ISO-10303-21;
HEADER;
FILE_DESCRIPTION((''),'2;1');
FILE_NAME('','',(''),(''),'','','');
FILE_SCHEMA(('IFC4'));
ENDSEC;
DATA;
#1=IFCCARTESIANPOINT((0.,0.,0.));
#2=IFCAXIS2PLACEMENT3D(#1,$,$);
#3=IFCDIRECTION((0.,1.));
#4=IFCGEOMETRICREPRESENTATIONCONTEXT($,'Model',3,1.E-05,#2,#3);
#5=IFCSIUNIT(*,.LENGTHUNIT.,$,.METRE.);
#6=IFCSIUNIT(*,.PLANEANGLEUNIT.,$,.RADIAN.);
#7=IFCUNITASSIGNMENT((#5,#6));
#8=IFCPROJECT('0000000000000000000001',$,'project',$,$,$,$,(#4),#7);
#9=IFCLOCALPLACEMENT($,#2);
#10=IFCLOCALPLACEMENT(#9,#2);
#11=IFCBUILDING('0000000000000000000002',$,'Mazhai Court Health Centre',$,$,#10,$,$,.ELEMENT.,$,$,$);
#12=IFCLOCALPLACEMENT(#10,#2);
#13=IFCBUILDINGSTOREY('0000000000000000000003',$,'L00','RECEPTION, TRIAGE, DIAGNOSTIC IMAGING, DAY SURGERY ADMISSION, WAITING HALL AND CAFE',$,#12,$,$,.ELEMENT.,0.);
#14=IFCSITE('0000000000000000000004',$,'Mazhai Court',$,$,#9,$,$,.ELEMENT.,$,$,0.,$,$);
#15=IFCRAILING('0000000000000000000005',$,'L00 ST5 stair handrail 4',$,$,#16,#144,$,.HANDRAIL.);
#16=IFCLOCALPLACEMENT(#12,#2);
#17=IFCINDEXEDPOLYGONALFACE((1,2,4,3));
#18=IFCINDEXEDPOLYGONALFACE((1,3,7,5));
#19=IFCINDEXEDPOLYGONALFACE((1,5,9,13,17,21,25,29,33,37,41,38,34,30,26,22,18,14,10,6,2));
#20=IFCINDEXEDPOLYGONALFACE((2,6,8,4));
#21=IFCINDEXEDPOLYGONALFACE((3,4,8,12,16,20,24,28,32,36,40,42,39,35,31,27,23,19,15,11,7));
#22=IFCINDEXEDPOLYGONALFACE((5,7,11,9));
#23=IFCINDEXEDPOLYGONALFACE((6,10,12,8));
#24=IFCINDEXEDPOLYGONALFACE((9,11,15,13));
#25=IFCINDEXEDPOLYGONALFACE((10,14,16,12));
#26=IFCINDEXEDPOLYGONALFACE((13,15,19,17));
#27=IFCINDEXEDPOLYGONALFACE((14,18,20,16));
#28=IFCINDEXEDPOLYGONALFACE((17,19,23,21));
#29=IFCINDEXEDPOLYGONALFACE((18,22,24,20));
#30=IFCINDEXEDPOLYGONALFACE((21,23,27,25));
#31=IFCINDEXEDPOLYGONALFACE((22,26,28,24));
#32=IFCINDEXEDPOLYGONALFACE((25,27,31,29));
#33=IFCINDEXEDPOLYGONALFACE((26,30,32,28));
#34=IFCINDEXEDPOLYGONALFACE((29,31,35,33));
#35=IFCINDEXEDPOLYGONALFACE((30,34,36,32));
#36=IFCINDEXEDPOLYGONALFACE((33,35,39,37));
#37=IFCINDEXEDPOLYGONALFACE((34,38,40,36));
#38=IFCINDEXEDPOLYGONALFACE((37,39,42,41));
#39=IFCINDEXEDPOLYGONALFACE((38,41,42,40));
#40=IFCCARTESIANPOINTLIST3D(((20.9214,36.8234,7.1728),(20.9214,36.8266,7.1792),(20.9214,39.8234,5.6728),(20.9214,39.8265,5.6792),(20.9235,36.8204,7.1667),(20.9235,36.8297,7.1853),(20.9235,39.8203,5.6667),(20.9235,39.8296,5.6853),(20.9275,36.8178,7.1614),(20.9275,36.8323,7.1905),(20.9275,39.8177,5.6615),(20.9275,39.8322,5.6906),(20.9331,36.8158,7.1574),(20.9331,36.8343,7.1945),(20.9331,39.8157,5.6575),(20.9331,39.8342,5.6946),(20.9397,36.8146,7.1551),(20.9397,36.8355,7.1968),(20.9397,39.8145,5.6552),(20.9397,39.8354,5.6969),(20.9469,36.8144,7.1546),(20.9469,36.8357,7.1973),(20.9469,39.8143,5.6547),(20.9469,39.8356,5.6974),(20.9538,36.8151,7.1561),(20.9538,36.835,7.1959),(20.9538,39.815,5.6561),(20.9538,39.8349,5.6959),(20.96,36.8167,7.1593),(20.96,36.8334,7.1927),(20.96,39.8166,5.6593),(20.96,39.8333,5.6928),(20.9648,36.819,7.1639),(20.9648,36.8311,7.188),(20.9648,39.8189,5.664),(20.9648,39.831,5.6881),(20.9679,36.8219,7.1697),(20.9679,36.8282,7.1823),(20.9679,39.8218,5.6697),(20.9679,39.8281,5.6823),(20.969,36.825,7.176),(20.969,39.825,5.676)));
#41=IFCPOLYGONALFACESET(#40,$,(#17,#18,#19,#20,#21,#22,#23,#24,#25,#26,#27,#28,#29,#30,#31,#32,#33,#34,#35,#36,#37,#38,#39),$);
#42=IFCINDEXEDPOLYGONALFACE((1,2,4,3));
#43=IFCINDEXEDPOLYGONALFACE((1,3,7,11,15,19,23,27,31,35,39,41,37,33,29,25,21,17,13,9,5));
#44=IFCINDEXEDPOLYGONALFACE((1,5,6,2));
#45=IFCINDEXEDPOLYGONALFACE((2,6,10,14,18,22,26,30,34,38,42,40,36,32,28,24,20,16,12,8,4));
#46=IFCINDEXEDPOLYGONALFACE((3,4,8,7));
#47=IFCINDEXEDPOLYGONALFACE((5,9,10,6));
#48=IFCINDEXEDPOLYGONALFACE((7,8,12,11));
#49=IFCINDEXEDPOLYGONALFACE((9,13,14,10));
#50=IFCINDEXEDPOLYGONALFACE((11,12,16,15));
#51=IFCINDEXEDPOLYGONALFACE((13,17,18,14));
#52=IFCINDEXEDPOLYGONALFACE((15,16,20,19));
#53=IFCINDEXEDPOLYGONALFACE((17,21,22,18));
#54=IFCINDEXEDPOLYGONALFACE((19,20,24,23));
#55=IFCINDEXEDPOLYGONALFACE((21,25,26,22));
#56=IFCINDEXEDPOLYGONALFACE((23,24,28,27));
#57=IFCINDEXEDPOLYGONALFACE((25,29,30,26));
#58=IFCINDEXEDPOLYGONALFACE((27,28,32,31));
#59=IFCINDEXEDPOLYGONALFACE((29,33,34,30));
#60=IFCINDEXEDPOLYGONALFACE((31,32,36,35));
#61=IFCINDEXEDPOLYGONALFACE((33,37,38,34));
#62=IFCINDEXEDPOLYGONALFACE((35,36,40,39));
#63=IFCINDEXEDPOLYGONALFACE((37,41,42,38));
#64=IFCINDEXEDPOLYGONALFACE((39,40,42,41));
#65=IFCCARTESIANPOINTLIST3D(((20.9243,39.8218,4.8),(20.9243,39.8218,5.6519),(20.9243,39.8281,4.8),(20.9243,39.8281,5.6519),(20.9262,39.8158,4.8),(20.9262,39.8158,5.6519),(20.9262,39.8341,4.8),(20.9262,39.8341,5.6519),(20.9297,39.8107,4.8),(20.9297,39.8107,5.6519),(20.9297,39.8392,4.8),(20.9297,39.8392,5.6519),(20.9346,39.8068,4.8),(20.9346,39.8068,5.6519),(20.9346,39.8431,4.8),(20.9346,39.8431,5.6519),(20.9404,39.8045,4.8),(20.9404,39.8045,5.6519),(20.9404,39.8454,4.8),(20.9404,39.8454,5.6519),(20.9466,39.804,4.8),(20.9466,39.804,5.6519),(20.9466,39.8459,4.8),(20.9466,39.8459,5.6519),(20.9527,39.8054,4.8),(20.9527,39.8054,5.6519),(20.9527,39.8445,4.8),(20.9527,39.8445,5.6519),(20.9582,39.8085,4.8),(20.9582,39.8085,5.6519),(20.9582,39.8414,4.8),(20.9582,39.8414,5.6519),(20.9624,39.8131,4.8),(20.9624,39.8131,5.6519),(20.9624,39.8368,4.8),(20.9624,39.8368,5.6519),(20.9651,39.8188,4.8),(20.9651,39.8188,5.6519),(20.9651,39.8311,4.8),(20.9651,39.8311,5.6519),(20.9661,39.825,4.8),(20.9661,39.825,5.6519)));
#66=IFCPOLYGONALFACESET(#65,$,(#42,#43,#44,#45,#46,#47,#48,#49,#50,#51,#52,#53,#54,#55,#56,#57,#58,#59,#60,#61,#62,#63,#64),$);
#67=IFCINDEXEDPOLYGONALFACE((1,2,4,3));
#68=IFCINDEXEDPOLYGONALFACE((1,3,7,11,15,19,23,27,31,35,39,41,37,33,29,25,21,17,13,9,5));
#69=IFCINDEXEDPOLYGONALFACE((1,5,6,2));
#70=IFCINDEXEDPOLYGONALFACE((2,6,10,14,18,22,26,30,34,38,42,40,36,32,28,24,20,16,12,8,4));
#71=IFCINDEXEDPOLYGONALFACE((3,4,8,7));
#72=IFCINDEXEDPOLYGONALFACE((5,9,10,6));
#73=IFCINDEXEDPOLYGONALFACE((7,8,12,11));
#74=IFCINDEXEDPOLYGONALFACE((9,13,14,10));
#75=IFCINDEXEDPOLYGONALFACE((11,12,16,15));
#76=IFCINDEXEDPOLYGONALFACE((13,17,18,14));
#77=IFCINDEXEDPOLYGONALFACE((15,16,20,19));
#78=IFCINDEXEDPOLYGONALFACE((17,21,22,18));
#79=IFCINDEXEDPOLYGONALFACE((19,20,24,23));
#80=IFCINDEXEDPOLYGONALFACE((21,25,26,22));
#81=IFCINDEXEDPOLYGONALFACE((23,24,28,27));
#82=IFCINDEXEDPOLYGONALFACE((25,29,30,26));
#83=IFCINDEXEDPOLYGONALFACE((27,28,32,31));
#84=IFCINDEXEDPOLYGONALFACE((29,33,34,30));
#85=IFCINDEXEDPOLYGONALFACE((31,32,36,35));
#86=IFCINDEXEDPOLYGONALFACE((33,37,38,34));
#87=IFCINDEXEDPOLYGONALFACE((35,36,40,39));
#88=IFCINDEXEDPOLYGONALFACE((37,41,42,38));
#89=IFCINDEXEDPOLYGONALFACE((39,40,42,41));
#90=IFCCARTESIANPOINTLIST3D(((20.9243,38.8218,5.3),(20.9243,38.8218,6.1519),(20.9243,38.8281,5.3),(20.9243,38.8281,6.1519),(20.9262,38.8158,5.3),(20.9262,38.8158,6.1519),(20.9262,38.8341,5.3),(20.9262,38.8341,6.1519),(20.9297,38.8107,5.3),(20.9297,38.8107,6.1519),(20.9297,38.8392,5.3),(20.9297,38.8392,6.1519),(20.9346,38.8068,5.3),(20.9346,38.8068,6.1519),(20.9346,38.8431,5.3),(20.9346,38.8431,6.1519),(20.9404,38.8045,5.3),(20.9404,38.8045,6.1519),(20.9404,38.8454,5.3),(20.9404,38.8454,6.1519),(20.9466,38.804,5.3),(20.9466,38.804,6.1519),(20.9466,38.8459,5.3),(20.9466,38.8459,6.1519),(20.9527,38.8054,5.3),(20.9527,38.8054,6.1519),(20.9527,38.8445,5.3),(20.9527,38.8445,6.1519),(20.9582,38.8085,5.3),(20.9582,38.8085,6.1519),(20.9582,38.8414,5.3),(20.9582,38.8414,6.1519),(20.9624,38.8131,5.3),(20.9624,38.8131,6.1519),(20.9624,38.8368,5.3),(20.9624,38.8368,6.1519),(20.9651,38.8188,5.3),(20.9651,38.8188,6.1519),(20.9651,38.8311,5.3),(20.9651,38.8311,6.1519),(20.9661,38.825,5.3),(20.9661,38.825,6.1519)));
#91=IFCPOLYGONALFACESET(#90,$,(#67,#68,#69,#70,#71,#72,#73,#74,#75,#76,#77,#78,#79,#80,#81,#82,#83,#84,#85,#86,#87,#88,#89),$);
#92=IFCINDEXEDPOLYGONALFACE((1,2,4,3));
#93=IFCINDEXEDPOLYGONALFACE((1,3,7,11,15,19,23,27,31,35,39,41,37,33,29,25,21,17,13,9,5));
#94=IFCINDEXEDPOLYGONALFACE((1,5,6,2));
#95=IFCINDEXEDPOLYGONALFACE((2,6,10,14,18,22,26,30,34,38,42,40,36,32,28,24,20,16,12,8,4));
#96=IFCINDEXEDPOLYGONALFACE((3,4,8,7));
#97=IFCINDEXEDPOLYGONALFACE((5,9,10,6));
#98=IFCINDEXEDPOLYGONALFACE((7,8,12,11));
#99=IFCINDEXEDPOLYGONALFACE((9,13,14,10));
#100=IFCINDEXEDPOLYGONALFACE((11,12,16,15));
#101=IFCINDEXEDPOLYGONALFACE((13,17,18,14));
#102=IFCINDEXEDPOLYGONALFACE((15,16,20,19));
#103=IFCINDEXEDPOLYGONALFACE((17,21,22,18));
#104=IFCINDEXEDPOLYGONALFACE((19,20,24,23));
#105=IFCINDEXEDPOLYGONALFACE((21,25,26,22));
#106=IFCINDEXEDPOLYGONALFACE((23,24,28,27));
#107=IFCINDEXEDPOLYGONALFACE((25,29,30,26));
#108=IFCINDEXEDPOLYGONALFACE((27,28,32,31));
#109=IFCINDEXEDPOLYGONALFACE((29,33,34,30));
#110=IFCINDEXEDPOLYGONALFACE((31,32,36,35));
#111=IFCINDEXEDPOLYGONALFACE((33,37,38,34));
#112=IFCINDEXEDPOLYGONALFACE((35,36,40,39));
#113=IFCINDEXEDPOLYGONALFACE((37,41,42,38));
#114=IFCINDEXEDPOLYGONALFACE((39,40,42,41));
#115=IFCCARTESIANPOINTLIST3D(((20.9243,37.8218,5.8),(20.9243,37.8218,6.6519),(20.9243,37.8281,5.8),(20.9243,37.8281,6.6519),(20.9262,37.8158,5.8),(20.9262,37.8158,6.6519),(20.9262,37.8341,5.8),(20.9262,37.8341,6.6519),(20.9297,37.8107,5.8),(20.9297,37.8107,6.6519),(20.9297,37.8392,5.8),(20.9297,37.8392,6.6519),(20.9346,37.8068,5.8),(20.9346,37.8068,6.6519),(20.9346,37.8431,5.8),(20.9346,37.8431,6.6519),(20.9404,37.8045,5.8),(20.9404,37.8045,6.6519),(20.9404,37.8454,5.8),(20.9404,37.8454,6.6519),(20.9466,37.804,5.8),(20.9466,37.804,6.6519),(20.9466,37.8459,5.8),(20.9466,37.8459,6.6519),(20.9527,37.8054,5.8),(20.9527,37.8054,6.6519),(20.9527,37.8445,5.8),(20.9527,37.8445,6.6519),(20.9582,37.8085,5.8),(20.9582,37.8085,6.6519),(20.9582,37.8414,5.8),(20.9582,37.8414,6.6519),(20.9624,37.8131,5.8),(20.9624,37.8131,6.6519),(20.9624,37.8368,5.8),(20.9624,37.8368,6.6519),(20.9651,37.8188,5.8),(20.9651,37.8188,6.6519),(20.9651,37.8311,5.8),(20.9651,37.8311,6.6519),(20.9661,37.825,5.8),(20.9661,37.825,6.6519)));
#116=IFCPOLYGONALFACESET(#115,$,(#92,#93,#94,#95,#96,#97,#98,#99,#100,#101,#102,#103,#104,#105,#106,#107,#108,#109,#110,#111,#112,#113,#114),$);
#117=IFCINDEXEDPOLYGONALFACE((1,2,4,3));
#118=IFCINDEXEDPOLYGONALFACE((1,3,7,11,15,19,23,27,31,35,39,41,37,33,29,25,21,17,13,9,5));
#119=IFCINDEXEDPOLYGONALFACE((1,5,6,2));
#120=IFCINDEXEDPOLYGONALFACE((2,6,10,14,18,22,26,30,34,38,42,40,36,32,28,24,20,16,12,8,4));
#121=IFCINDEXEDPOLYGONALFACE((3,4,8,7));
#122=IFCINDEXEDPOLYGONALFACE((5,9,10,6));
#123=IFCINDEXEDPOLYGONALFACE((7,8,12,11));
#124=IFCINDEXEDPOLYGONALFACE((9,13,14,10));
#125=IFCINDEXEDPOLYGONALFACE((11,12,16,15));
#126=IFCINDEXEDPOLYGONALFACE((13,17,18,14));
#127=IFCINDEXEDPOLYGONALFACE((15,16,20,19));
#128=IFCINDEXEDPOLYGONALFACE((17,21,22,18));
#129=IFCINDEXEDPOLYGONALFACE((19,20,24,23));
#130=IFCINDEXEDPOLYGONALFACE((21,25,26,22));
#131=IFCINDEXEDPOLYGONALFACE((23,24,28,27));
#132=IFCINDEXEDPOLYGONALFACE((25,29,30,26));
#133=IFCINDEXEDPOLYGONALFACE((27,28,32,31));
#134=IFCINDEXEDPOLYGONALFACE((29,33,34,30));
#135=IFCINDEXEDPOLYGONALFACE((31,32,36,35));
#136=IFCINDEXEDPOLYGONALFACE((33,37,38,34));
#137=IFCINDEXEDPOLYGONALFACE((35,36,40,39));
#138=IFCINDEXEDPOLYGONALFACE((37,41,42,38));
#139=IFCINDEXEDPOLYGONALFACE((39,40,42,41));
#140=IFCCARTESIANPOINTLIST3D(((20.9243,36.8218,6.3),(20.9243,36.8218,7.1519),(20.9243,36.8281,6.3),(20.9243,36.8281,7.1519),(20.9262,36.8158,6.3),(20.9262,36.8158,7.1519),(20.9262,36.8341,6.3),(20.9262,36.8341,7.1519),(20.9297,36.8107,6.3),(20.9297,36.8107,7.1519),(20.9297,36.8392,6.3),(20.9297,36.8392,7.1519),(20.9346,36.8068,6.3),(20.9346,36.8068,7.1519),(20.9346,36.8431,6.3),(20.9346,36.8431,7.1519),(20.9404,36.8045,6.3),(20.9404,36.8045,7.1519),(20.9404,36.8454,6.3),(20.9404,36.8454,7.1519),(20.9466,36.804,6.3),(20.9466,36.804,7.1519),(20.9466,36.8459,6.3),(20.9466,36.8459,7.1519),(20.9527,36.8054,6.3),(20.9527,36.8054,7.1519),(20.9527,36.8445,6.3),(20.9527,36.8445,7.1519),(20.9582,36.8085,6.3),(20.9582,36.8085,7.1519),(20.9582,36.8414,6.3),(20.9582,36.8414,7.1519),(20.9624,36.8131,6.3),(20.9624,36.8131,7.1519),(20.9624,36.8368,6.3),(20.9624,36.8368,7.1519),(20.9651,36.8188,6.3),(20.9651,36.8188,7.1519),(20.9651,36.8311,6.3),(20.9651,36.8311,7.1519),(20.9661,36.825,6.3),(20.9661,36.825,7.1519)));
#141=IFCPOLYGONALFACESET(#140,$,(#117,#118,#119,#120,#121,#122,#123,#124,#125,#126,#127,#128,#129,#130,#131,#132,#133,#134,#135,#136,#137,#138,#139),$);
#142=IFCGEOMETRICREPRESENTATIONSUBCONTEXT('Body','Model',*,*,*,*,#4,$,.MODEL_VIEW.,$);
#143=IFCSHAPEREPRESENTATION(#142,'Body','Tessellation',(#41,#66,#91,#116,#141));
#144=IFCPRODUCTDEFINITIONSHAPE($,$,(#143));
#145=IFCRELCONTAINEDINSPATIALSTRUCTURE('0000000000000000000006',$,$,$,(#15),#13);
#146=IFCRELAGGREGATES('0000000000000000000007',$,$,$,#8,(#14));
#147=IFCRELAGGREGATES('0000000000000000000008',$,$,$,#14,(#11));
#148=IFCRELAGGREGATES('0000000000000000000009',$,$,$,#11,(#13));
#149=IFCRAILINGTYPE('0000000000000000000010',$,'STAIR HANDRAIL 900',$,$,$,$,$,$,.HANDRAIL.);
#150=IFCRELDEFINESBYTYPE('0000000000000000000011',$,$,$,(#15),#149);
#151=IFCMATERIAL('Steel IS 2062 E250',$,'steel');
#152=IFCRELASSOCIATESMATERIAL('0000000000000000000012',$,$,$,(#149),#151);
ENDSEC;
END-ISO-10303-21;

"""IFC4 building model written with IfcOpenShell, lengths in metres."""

from ifc_helpers import new_model, si_unit, direction, frame, origin, origin_2d, place, context, subcontext, project, spatial, circle, extrude, material, type_object, element, save


model = new_model("IFC4")

# Units and contexts
model_context = context("Model", 3, precision=1e-05, world=origin(), true_north=direction((0.0, 1.0)))
body_context = subcontext(model_context, "Body", "Model", "MODEL_VIEW")
ifc_project = project(units=[si_unit("LENGTHUNIT", "METRE"), si_unit("PLANEANGLEUNIT", "RADIAN")], contexts=[model_context])

# Site, building, storey
site_placement = place(None, origin())
site = spatial("IfcSite", under=ifc_project, at=site_placement, Name="Mazhai Court", CompositionType="ELEMENT", RefElevation=0.0)
building_placement = place(site_placement, origin())
building = spatial("IfcBuilding", under=site, at=building_placement, Name="Mazhai Court Health Centre", CompositionType="ELEMENT")
storey_placement = place(building_placement, origin())
storey = spatial("IfcBuildingStorey", under=building, at=storey_placement, Name="L00", Description="RECEPTION, TRIAGE, DIAGNOSTIC IMAGING, DAY SURGERY ADMISSION, WAITING HALL AND CAFE", CompositionType="ELEMENT", Elevation=0.0)

# Railing
ifc_material_1 = material(Name="Steel IS 2062 E250", Category="steel")
railing_type_1 = type_object("IfcRailingType", Name="STAIR HANDRAIL 900", PredefinedType="HANDRAIL", material=ifc_material_1)
railing_1_placement = place(storey_placement, frame((20.9451, 39.825, 4.8)))
element("IfcRailing", 1, at=railing_1_placement, inside=storey, type_object=railing_type_1, Name="L00 ST5 stair handrail 4", PredefinedType="HANDRAIL", context=body_context, shape_type="SweptSolid", body=[
    extrude(circle(Radius=0.0239, at=origin_2d()), frame((0.0, 0.0, 0.876), z_axis=(0.0, -0.894427, 0.447214), x_axis=(1.0, 0.0, 0.0)), (0.0, 0.0, 1.0), 3.354),
    extrude(circle(Radius=0.021, at=origin_2d()), origin(), (0.0, 0.0, 1.0), 0.8518),
    extrude(circle(Radius=0.021, at=origin_2d()), frame((0.0, -1.0, 0.5)), (0.0, 0.0, 1.0), 0.8518),
    extrude(circle(Radius=0.021, at=origin_2d()), frame((0.0, -2.0, 1.0)), (0.0, 0.0, 1.0), 0.8518),
    extrude(circle(Radius=0.021, at=origin_2d()), frame((0.0, -3.0, 1.5)), (0.0, 0.0, 1.0), 0.8518),
])

save(model, "model.ifc")
